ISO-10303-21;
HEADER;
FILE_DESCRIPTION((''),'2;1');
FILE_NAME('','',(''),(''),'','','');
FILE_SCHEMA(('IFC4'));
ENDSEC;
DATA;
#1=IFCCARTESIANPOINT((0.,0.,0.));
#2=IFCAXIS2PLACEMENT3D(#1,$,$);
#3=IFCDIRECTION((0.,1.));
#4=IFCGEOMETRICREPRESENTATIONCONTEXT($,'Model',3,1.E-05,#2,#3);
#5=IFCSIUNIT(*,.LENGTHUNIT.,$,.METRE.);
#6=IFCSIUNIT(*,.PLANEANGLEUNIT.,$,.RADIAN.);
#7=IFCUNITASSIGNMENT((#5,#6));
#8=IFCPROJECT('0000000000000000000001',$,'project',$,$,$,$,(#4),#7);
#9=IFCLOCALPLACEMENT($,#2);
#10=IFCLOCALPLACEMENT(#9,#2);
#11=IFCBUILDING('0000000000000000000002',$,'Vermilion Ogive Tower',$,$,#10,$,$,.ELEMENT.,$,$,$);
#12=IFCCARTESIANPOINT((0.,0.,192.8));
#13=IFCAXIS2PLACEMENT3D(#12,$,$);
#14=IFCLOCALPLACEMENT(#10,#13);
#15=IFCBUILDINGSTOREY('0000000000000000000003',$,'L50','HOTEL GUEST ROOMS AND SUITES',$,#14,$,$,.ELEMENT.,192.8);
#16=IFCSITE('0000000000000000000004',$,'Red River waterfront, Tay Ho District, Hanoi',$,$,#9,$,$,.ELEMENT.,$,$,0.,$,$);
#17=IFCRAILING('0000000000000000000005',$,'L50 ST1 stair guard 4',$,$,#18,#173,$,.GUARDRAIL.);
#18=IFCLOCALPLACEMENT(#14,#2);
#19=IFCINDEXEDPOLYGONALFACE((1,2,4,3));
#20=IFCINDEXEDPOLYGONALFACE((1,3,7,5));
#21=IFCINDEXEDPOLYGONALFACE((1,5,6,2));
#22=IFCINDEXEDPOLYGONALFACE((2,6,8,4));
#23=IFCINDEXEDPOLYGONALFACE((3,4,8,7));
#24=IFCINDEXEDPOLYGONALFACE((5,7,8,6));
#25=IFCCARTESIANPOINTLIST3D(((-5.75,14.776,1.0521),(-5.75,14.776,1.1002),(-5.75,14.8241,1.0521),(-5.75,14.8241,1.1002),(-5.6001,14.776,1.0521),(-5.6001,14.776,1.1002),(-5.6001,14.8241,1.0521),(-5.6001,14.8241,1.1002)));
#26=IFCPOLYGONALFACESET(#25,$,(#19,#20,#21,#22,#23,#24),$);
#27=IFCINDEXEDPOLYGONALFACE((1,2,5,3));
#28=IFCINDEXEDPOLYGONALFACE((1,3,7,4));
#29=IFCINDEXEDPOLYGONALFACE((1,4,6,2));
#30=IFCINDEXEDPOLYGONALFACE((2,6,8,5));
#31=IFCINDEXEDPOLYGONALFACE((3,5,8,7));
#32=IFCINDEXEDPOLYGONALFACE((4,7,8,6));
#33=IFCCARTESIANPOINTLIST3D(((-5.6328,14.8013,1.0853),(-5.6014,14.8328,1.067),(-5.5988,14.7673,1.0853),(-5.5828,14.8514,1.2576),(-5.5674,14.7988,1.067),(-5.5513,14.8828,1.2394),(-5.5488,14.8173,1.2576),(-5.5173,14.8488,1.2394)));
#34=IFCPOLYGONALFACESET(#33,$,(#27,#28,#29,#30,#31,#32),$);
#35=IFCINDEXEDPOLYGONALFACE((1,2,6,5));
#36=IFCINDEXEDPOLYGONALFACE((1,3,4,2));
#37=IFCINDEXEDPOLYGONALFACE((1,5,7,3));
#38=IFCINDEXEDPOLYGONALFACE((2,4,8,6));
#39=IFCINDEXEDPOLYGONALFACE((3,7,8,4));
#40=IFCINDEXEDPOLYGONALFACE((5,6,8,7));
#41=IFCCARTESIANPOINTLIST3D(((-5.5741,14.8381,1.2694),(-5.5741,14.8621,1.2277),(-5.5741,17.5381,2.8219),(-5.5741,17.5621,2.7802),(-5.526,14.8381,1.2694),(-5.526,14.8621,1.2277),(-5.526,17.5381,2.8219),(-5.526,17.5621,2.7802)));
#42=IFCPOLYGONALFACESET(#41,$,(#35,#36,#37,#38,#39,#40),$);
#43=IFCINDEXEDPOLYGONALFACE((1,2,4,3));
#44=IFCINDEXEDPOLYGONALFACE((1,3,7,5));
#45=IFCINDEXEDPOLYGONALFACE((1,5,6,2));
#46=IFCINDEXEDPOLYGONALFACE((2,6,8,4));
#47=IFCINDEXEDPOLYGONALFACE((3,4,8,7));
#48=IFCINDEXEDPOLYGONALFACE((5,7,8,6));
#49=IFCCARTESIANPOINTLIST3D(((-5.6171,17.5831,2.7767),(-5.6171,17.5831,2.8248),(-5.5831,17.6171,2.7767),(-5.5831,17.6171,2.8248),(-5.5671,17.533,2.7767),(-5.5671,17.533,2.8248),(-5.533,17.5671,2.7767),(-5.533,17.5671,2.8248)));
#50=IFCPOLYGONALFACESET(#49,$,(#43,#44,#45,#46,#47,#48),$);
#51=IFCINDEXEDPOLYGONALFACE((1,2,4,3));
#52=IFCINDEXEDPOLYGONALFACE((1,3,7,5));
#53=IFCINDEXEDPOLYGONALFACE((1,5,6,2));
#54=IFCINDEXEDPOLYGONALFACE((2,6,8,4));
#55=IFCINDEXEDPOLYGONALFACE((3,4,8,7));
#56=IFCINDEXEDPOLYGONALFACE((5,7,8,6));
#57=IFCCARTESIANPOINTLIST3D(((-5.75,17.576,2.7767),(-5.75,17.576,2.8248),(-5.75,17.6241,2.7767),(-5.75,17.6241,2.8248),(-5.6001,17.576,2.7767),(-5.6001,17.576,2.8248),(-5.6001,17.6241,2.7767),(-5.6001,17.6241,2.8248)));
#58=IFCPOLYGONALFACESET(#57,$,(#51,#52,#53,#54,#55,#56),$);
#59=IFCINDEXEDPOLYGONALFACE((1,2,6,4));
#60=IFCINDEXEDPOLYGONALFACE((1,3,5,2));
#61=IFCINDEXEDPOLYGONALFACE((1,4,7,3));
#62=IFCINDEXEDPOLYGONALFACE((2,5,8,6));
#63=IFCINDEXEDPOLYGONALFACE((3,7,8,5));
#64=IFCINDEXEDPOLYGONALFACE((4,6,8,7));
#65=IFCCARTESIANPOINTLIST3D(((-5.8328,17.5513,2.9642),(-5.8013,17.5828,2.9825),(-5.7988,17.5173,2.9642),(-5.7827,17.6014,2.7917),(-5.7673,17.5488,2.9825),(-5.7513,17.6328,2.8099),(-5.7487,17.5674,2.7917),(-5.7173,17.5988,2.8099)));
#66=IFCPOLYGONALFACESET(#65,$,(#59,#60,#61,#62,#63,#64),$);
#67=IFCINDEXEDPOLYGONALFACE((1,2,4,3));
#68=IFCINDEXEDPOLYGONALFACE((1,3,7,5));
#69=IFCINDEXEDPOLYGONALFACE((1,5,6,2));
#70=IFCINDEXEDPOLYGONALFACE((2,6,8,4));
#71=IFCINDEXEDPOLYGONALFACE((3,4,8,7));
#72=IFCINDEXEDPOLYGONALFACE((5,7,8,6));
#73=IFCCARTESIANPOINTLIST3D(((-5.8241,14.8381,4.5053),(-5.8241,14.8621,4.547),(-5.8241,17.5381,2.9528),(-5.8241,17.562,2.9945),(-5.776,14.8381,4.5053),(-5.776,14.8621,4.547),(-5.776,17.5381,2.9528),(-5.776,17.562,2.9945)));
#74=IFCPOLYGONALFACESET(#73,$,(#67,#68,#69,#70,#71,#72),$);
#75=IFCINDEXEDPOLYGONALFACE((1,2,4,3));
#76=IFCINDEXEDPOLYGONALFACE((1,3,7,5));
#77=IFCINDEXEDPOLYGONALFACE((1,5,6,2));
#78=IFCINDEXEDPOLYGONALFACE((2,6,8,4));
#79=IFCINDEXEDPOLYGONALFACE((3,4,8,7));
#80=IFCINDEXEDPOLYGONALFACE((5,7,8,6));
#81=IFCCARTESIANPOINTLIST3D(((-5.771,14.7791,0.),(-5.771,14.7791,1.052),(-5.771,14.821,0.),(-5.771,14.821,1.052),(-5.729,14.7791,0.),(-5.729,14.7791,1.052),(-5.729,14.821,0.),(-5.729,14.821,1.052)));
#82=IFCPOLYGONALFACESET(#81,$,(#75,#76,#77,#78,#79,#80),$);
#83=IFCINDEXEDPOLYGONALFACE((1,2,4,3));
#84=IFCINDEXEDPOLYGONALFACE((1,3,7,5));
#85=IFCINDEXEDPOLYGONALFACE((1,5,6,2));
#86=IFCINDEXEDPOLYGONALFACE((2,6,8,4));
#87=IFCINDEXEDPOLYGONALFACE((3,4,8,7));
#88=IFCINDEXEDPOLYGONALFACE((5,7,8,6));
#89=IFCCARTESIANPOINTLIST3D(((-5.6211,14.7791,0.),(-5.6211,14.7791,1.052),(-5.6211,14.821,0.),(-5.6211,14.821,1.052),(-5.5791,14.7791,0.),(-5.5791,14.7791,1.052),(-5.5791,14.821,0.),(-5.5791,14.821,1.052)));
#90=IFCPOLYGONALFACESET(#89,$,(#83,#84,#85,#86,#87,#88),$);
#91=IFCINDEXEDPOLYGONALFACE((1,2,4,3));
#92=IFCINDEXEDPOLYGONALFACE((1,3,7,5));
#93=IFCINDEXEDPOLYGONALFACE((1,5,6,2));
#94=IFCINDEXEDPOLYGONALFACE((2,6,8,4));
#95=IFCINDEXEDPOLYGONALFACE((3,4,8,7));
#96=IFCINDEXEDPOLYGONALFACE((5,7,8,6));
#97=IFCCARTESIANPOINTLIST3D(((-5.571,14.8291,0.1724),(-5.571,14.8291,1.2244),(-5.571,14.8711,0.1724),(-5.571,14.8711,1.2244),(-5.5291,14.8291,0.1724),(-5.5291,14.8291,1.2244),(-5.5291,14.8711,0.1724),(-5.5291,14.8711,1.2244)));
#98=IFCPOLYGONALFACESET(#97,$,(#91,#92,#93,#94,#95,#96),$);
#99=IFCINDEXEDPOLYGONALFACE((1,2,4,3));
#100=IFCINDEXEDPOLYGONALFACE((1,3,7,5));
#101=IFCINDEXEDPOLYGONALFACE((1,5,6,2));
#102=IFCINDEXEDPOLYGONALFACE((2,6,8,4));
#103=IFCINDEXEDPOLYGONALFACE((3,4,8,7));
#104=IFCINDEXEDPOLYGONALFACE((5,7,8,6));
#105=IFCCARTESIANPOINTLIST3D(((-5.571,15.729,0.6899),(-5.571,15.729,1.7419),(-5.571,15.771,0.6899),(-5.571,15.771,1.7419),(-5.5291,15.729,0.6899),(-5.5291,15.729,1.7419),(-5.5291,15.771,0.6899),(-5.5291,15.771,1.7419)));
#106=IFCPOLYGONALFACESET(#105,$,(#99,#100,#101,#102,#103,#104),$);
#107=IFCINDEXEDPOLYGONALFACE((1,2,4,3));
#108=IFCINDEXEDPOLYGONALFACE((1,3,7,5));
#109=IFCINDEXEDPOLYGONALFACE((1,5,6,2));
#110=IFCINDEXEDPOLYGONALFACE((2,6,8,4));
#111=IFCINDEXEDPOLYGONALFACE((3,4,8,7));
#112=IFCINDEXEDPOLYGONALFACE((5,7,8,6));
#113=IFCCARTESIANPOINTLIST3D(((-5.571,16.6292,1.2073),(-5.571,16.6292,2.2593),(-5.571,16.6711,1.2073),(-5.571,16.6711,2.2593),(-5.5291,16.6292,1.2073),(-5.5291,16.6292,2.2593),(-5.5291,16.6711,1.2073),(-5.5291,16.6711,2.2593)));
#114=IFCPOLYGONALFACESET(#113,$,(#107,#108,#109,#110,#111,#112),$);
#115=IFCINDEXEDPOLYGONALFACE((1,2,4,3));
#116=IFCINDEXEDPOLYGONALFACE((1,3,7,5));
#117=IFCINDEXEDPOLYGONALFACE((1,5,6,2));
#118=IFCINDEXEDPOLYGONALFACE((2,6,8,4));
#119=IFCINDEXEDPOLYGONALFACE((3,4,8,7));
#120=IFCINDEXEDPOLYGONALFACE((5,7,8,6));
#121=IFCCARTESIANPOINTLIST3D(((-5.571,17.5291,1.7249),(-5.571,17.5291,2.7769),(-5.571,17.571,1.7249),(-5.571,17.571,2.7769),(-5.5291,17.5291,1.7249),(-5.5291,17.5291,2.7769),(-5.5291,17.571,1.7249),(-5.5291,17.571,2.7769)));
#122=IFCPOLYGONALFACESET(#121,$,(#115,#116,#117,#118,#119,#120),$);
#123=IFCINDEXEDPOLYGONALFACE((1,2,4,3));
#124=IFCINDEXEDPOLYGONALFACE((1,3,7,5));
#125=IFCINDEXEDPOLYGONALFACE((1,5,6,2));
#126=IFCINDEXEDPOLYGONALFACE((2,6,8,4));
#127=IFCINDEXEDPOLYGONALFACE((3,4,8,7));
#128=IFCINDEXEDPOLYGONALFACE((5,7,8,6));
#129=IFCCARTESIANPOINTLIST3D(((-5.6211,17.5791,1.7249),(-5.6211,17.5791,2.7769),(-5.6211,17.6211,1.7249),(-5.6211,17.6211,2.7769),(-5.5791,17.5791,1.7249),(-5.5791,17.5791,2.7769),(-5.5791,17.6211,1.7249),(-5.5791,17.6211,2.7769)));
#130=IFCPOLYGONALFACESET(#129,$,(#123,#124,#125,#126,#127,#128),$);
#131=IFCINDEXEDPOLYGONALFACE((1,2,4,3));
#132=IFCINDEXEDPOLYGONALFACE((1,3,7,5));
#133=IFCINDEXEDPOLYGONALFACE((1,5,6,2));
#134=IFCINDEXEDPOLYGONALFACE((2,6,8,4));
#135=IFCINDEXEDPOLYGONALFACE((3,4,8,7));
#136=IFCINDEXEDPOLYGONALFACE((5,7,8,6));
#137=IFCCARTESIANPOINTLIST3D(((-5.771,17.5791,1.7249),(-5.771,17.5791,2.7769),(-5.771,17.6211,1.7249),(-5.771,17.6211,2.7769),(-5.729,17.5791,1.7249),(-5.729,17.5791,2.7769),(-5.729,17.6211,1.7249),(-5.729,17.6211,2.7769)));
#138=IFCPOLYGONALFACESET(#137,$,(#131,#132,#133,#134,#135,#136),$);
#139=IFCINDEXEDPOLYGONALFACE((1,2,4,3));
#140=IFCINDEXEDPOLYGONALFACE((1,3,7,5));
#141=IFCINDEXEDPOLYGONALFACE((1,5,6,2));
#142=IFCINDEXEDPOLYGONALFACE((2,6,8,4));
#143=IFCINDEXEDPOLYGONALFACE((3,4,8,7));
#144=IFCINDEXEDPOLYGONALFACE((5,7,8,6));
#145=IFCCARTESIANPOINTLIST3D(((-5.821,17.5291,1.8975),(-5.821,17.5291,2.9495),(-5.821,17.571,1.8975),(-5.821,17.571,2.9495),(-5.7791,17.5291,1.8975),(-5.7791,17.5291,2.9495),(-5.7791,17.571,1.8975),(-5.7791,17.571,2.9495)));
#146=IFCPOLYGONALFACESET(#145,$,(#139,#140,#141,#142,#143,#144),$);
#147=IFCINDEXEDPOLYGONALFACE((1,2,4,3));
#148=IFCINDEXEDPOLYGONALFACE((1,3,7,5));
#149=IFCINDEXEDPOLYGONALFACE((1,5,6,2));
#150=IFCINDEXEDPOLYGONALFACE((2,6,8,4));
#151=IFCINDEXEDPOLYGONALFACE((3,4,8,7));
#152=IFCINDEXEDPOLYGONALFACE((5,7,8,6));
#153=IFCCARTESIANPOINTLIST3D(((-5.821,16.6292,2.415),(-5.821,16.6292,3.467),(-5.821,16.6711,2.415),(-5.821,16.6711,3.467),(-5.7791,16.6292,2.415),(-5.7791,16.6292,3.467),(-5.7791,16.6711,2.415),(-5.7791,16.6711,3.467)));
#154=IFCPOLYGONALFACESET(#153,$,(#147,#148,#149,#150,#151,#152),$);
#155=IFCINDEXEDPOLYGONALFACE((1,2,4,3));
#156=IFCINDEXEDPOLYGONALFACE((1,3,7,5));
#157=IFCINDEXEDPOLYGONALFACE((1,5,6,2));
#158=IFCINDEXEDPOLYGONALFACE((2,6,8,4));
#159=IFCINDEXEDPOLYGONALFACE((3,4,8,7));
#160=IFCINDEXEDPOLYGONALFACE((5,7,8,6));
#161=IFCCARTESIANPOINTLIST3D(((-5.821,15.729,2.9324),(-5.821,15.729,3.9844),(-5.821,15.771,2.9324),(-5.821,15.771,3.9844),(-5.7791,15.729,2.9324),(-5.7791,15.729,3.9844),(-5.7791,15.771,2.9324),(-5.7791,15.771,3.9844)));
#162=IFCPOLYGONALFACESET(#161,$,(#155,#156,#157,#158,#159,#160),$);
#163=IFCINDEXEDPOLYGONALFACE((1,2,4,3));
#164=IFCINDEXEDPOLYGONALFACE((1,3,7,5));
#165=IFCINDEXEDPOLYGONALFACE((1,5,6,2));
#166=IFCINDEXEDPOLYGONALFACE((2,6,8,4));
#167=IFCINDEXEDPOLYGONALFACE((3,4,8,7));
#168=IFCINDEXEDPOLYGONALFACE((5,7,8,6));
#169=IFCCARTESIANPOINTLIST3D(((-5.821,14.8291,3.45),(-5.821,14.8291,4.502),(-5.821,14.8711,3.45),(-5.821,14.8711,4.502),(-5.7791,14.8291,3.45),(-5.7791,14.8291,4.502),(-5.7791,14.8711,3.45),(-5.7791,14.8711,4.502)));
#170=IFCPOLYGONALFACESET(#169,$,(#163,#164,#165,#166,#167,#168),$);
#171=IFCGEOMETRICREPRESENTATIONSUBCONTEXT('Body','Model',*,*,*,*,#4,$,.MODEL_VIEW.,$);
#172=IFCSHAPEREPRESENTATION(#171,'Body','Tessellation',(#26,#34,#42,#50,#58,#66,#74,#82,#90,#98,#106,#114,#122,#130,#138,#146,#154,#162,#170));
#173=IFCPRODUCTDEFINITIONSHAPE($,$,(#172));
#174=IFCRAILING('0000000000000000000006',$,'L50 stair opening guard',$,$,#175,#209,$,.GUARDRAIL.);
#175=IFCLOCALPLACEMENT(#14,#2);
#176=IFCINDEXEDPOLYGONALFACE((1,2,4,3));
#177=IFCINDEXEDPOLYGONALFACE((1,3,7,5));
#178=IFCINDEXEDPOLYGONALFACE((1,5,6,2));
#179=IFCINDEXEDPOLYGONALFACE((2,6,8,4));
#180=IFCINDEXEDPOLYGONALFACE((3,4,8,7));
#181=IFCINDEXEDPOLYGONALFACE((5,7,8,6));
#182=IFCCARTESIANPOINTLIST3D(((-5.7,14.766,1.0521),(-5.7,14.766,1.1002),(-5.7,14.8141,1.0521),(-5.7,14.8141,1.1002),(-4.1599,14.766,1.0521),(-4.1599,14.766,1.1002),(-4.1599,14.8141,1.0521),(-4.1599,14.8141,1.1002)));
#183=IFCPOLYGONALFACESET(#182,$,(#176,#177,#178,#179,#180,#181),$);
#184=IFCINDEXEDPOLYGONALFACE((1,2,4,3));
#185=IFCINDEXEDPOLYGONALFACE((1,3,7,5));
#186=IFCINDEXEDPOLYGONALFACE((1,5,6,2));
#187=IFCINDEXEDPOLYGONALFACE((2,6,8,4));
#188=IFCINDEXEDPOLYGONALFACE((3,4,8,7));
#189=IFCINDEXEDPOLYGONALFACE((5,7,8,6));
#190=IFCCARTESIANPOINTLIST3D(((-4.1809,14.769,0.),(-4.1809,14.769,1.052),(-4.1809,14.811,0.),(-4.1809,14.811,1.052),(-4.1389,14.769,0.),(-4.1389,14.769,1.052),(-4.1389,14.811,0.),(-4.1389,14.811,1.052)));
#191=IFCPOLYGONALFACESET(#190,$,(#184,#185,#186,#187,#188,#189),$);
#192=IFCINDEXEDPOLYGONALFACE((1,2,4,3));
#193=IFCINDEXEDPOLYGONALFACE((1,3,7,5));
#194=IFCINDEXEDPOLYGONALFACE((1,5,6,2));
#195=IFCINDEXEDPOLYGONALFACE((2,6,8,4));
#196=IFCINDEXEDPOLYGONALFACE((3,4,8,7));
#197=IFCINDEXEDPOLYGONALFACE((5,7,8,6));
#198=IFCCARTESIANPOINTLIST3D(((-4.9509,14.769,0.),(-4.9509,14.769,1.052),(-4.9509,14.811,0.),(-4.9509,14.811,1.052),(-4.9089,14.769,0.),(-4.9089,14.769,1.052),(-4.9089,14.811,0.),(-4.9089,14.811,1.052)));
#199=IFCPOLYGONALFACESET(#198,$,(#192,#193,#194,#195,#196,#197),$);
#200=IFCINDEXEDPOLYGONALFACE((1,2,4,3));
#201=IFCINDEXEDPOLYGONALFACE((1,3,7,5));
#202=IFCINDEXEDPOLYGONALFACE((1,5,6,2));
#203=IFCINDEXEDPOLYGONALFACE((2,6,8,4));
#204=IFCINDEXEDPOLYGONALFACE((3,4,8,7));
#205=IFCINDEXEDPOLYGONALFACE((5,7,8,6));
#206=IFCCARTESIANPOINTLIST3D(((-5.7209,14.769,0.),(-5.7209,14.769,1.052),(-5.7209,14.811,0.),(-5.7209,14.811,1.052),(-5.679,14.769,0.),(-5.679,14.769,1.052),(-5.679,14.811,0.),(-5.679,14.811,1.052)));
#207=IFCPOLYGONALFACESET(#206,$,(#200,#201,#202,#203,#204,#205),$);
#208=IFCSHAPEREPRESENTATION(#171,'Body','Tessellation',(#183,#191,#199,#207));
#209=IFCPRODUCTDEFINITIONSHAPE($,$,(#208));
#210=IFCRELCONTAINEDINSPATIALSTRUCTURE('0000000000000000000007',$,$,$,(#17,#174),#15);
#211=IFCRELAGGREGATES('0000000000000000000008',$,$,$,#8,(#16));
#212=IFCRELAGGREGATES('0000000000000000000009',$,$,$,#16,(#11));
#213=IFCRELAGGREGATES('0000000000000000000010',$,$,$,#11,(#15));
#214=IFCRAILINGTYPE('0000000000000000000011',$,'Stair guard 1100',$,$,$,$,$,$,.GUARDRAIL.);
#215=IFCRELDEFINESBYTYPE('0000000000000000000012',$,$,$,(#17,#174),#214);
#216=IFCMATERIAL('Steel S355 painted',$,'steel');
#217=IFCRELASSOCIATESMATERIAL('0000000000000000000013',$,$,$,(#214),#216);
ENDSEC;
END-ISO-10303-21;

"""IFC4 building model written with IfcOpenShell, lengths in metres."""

from ifc_helpers import new_model, si_unit, direction, frame, origin, origin_2d, place, context, subcontext, project, spatial, rectangle, extrude, material, type_object, element, save


model = new_model("IFC4")

# Units and contexts
model_context = context("Model", 3, precision=1e-05, world=origin(), true_north=direction((0.0, 1.0)))
body_context = subcontext(model_context, "Body", "Model", "MODEL_VIEW")
ifc_project = project(units=[si_unit("LENGTHUNIT", "METRE"), si_unit("PLANEANGLEUNIT", "RADIAN")], contexts=[model_context])

# Site, building, storey
site_placement = place(None, origin())
site = spatial("IfcSite", under=ifc_project, at=site_placement, Name="Red River waterfront, Tay Ho District, Hanoi", CompositionType="ELEMENT", RefElevation=0.0)
building_placement = place(site_placement, origin())
building = spatial("IfcBuilding", under=site, at=building_placement, Name="Vermilion Ogive Tower", CompositionType="ELEMENT")
storey_placement = place(building_placement, frame((0.0, 0.0, 192.8)))
storey = spatial("IfcBuildingStorey", under=building, at=storey_placement, Name="L50", Description="HOTEL GUEST ROOMS AND SUITES", CompositionType="ELEMENT", Elevation=192.8)

# Railings
ifc_material_1 = material(Name="Steel S355 painted", Category="steel")
railing_type_1 = type_object("IfcRailingType", Name="Stair guard 1100", PredefinedType="GUARDRAIL", material=ifc_material_1)
railing_1_placement = place(storey_placement, frame((-5.75, 14.8, 0.0)))
element("IfcRailing", 1, at=railing_1_placement, inside=storey, type_object=railing_type_1, Name="L50 ST1 stair guard 4", PredefinedType="GUARDRAIL", context=body_context, shape_type="SweptSolid", body=[
    extrude(rectangle(XDim=0.0481, YDim=0.0481, at=origin_2d()), frame((0.0, 0.0, 1.0762), z_axis=(1.0, 0.0, 0.0), x_axis=(0.0, 1.0, 0.0)), (0.0, 0.0, 1.0), 0.1499),
    extrude(rectangle(XDim=0.0481, YDim=0.0481, at=origin_2d()), frame((0.1499, 0.0, 1.0762), z_axis=(0.268603, 0.268603, 0.925043), x_axis=(-0.707107, 0.707107, 0.0)), (0.0, 0.0, 1.0), 0.1863),
    extrude(rectangle(XDim=0.0481, YDim=0.0481, at=origin_2d()), frame((0.2, 0.05, 1.2485), z_axis=(0.0, 0.866904, 0.498476), x_axis=(-1.0, 0.0, 0.0)), (0.0, 0.0, 1.0), 3.1145),
    extrude(rectangle(XDim=0.0481, YDim=0.0481, at=origin_2d()), frame((0.2, 2.75, 2.8008), z_axis=(-0.707107, 0.707107, 0.0), x_axis=(-0.707107, -0.707107, 0.0)), (0.0, 0.0, 1.0), 0.0708),
    extrude(rectangle(XDim=0.0481, YDim=0.0481, at=origin_2d()), frame((0.1499, 2.8, 2.8008), z_axis=(-1.0, 0.0, 0.0), x_axis=(0.0, -1.0, 0.0)), (0.0, 0.0, 1.0), 0.1499),
    extrude(rectangle(XDim=0.0481, YDim=0.0481, at=origin_2d()), frame((0.0, 2.8, 2.8008), z_axis=(-0.268278, -0.268278, 0.925232), x_axis=(0.707107, -0.707107, 0.0)), (0.0, 0.0, 1.0), 0.1865),
    extrude(rectangle(XDim=0.0481, YDim=0.0481, at=origin_2d()), frame((-0.05, 2.75, 2.9736), z_axis=(0.0, -0.866904, 0.498476), x_axis=(1.0, 0.0, 0.0)), (0.0, 0.0, 1.0), 3.1145),
    extrude(rectangle(XDim=0.042, YDim=0.042, at=origin_2d()), origin(), (0.0, 0.0, 1.0), 1.052),
    extrude(rectangle(XDim=0.042, YDim=0.042, at=origin_2d()), frame((0.1499, 0.0, 0.0)), (0.0, 0.0, 1.0), 1.052),
    extrude(rectangle(XDim=0.042, YDim=0.042, at=origin_2d()), frame((0.2, 0.05, 0.1724)), (0.0, 0.0, 1.0), 1.052),
    extrude(rectangle(XDim=0.042, YDim=0.042, at=origin_2d()), frame((0.2, 0.95, 0.6899)), (0.0, 0.0, 1.0), 1.052),
    extrude(rectangle(XDim=0.042, YDim=0.042, at=origin_2d()), frame((0.2, 1.8501, 1.2073)), (0.0, 0.0, 1.0), 1.052),
    extrude(rectangle(XDim=0.042, YDim=0.042, at=origin_2d()), frame((0.2, 2.75, 1.7249)), (0.0, 0.0, 1.0), 1.052),
    extrude(rectangle(XDim=0.042, YDim=0.042, at=origin_2d()), frame((0.1499, 2.8, 1.7249)), (0.0, 0.0, 1.0), 1.052),
    extrude(rectangle(XDim=0.042, YDim=0.042, at=origin_2d()), frame((0.0, 2.8, 1.7249)), (0.0, 0.0, 1.0), 1.052),
    extrude(rectangle(XDim=0.042, YDim=0.042, at=origin_2d()), frame((-0.05, 2.75, 1.8975)), (0.0, 0.0, 1.0), 1.052),
    extrude(rectangle(XDim=0.042, YDim=0.042, at=origin_2d()), frame((-0.05, 1.8501, 2.415)), (0.0, 0.0, 1.0), 1.052),
    extrude(rectangle(XDim=0.042, YDim=0.042, at=origin_2d()), frame((-0.05, 0.95, 2.9324)), (0.0, 0.0, 1.0), 1.052),
    extrude(rectangle(XDim=0.042, YDim=0.042, at=origin_2d()), frame((-0.05, 0.05, 3.45)), (0.0, 0.0, 1.0), 1.052),
])
railing_2_placement = place(storey_placement, frame((-4.1599, 14.79, 0.0)))
element("IfcRailing", 2, at=railing_2_placement, inside=storey, type_object=railing_type_1, Name="L50 stair opening guard", PredefinedType="GUARDRAIL", context=body_context, shape_type="SweptSolid", body=[
    extrude(rectangle(XDim=0.0481, YDim=0.0481, at=origin_2d()), frame((0.0, 0.0, 1.0762), z_axis=(-1.0, 0.0, 0.0), x_axis=(0.0, -1.0, 0.0)), (0.0, 0.0, 1.0), 1.54),
    extrude(rectangle(XDim=0.042, YDim=0.042, at=origin_2d()), origin(), (0.0, 0.0, 1.0), 1.052),
    extrude(rectangle(XDim=0.042, YDim=0.042, at=origin_2d()), frame((-0.77, 0.0, 0.0)), (0.0, 0.0, 1.0), 1.052),
    extrude(rectangle(XDim=0.042, YDim=0.042, at=origin_2d()), frame((-1.54, 0.0, 0.0)), (0.0, 0.0, 1.0), 1.052),
])

save(model, "model.ifc")
